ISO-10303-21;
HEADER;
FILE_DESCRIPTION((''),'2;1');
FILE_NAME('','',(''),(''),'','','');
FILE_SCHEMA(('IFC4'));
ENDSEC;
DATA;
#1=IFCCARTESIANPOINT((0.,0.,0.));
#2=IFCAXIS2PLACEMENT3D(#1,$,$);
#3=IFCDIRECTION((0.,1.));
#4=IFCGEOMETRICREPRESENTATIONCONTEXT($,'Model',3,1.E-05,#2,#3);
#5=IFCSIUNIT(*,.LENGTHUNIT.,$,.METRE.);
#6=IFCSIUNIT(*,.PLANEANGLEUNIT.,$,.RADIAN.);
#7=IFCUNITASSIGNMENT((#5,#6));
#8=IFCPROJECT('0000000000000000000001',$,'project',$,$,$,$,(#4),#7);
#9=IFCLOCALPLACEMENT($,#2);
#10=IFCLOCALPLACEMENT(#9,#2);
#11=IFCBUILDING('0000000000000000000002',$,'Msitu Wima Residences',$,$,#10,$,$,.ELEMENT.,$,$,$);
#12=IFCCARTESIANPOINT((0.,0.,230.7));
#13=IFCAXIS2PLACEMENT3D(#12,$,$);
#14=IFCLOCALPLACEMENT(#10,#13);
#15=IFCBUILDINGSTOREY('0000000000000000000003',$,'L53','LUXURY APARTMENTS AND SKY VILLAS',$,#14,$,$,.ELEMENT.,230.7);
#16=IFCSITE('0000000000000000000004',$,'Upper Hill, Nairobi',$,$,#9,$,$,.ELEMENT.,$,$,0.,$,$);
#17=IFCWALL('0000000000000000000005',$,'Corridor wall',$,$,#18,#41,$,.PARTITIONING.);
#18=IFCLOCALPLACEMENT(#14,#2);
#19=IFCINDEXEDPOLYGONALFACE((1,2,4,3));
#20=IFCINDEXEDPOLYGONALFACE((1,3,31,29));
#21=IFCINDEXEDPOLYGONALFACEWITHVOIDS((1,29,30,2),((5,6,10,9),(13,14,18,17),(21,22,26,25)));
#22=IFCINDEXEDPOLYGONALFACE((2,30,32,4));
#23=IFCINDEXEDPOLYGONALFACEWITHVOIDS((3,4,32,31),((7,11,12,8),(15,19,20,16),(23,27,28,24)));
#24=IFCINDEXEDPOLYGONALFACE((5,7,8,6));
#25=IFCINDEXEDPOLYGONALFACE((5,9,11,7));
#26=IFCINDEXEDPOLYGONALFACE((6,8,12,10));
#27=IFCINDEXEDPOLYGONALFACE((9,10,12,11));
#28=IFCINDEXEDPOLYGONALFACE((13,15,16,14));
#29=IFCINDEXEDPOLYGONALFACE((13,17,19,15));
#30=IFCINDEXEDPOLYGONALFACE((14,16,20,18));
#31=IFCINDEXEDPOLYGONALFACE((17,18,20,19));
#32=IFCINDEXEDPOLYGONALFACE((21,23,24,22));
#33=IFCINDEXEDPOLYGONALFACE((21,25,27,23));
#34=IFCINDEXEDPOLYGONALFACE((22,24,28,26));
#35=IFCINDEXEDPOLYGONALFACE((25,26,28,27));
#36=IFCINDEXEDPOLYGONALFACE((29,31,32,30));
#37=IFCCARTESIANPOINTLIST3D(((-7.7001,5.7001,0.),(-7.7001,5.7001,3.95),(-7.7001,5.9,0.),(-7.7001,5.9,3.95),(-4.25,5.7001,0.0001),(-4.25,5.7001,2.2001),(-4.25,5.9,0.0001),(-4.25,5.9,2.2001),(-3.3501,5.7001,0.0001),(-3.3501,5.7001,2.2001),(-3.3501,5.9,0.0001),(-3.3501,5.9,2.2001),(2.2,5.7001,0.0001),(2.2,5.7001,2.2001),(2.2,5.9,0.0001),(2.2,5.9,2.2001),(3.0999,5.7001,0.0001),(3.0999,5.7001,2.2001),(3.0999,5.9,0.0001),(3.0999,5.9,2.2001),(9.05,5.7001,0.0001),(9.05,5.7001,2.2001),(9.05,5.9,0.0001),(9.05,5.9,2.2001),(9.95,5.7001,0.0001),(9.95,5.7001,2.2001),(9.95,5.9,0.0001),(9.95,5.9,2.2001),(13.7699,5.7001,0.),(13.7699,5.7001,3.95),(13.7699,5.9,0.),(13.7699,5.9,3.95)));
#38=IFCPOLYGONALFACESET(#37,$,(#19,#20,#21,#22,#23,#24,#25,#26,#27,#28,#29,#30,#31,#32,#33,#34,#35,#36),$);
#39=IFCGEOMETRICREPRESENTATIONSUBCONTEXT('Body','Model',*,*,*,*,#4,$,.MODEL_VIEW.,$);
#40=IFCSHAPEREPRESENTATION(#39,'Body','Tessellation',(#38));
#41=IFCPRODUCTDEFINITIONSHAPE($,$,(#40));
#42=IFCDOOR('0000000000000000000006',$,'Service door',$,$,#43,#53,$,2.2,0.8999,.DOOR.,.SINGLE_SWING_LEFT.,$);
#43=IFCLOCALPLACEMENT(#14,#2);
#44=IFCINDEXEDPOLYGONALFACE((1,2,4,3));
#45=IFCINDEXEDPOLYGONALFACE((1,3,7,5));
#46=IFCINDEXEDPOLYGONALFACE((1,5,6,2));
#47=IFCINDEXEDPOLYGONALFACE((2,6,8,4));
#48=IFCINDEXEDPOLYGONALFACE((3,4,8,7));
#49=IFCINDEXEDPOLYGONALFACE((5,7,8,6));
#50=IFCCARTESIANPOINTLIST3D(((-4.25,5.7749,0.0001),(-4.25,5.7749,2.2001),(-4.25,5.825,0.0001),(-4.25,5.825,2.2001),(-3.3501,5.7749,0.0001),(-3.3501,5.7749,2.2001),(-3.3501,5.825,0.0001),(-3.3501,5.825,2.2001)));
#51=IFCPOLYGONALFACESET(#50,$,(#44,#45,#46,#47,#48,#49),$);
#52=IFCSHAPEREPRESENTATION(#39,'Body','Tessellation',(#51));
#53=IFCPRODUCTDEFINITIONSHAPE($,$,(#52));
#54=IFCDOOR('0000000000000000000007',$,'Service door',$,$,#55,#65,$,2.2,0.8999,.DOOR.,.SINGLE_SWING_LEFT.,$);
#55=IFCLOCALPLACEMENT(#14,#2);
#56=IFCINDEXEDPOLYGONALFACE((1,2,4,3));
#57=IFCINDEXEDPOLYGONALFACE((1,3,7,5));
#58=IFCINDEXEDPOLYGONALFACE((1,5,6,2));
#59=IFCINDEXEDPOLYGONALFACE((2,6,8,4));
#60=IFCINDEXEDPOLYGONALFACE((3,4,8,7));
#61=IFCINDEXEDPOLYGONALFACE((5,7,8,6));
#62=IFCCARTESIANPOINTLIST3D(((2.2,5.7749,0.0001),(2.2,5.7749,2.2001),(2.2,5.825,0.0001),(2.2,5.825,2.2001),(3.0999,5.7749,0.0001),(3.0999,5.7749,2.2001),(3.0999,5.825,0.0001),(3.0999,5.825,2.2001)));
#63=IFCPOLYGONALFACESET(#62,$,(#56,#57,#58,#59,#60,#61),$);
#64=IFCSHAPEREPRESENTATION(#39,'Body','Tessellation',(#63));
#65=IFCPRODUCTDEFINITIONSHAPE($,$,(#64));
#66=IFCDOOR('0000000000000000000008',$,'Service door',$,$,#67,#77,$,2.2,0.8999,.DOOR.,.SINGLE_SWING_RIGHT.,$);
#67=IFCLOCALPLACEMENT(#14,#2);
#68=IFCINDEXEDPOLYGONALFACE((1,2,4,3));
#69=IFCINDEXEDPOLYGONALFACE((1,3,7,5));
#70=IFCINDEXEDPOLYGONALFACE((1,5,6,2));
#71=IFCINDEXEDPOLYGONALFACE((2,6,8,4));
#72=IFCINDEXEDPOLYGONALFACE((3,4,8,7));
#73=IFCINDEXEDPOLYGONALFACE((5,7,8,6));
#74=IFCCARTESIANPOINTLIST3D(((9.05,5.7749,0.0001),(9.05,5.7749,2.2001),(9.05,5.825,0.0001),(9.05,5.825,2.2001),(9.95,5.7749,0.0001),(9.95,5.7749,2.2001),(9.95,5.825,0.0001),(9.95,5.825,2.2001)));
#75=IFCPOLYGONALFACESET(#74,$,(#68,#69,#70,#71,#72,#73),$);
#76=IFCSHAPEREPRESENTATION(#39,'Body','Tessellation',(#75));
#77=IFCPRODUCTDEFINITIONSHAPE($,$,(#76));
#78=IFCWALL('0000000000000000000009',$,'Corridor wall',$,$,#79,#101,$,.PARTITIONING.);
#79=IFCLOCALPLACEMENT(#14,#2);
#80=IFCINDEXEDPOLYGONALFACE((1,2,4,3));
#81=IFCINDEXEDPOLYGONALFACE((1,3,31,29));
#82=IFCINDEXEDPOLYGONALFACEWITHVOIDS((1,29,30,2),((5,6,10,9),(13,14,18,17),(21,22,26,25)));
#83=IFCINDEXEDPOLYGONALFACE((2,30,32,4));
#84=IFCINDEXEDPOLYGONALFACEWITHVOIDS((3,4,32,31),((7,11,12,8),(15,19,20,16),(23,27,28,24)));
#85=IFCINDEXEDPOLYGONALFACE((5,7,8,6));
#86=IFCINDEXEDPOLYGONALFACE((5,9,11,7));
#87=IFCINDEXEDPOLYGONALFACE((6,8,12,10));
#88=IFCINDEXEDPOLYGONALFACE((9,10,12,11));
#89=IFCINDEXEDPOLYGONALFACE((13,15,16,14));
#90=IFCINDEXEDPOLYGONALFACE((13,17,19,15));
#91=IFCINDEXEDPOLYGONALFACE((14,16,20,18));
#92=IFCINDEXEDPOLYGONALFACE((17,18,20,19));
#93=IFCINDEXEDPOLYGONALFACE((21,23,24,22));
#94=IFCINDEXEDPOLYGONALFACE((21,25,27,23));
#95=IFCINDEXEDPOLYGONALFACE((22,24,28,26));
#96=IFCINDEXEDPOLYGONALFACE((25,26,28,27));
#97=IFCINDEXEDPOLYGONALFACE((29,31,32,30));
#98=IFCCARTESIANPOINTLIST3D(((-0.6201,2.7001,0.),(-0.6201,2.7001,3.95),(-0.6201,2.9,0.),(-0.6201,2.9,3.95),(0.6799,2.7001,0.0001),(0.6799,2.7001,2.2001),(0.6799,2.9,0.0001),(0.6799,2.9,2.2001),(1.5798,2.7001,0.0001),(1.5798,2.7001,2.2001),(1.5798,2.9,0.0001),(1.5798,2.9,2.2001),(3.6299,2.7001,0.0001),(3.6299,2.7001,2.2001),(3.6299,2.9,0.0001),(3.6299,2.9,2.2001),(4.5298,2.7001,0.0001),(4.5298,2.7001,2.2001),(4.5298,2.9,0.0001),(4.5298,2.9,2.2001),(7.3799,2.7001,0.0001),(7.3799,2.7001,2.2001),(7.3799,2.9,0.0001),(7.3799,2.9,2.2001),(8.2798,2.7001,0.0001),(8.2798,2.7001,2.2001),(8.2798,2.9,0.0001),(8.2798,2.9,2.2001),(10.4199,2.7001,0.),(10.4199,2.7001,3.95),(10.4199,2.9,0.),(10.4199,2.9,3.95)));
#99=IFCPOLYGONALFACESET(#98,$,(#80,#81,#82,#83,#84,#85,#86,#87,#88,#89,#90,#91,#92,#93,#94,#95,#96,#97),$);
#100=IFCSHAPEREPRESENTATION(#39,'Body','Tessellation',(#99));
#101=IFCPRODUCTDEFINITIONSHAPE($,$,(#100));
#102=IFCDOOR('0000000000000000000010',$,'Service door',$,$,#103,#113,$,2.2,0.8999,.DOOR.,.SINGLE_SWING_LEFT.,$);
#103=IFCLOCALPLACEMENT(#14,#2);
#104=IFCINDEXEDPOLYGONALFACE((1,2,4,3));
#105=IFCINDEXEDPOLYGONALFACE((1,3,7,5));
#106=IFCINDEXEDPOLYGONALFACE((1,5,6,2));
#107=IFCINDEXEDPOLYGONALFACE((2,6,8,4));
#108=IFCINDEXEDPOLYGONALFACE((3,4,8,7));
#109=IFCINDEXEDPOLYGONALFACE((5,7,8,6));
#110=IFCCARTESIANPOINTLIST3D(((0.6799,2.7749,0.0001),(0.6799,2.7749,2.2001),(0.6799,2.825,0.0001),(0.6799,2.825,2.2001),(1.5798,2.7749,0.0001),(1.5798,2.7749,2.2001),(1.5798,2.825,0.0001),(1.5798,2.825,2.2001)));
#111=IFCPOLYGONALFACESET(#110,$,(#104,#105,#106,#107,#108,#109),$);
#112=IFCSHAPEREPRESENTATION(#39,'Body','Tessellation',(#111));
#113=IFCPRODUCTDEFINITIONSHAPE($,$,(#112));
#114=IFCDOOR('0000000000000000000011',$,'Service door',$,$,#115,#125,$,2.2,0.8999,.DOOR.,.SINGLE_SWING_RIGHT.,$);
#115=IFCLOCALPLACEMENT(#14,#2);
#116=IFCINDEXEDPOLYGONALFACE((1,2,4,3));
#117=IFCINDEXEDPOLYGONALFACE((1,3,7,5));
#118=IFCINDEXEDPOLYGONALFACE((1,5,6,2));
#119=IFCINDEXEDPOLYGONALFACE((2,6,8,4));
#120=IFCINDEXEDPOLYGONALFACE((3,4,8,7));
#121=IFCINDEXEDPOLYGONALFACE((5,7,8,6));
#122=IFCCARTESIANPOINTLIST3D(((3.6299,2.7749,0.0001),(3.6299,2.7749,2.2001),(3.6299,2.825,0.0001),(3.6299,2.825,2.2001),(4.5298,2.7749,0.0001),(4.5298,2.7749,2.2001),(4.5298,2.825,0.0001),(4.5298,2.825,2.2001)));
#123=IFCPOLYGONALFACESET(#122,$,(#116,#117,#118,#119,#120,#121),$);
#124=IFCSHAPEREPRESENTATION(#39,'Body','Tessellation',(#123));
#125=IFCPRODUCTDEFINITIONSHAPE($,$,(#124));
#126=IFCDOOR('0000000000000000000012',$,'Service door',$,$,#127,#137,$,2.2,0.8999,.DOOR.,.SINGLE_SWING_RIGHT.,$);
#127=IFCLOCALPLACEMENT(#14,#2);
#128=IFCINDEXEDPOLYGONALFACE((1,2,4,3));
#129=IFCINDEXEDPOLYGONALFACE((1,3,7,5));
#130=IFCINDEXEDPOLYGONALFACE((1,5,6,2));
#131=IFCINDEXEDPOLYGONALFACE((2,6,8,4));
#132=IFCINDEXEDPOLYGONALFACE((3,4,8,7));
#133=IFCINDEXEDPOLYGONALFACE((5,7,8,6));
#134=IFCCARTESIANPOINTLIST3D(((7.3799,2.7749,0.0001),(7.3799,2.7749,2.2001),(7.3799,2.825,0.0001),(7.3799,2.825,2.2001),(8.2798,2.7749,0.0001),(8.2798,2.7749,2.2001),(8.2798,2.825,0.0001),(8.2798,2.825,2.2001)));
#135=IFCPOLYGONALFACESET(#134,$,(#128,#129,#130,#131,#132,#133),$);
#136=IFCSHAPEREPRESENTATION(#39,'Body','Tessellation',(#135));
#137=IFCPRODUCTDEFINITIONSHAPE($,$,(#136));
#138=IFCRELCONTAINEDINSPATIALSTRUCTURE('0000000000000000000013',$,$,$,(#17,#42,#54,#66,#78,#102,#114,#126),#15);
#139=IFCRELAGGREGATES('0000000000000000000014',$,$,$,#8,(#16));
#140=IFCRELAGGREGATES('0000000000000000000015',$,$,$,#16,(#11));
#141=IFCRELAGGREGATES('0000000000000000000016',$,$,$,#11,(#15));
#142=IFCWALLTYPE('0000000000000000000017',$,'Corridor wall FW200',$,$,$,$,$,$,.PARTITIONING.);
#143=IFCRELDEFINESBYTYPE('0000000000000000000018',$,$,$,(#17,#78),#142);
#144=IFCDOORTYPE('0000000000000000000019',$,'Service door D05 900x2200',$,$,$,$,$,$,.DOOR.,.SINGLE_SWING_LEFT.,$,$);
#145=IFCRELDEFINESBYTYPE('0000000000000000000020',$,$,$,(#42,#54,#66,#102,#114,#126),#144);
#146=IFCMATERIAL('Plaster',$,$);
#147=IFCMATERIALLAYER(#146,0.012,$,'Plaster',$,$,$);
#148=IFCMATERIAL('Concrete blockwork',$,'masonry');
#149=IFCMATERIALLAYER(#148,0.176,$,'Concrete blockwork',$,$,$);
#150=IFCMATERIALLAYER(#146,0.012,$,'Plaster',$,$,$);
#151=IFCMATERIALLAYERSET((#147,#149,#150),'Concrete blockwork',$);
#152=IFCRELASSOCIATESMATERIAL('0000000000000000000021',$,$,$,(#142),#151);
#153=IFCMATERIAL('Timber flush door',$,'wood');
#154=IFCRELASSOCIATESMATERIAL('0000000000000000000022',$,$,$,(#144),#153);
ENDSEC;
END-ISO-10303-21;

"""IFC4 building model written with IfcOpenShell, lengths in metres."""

from ifc_helpers import new_model, si_unit, direction, frame, frame_2d, origin, place, context, subcontext, project, spatial, rectangle, extrude, material, layer, layer_set, type_object, element, fill, save


model = new_model("IFC4")

# Units and contexts
model_context = context("Model", 3, precision=1e-05, world=origin(), true_north=direction((0.0, 1.0)))
body_context = subcontext(model_context, "Body", "Model", "MODEL_VIEW")
ifc_project = project(units=[si_unit("LENGTHUNIT", "METRE"), si_unit("PLANEANGLEUNIT", "RADIAN")], contexts=[model_context])

# Site, building, storey
site_placement = place(None, origin())
site = spatial("IfcSite", under=ifc_project, at=site_placement, Name="Upper Hill, Nairobi", CompositionType="ELEMENT", RefElevation=0.0)
building_placement = place(site_placement, origin())
building = spatial("IfcBuilding", under=site, at=building_placement, Name="Msitu Wima Residences", CompositionType="ELEMENT")
storey_placement = place(building_placement, frame((0.0, 0.0, 230.7)))
storey = spatial("IfcBuildingStorey", under=building, at=storey_placement, Name="L53", Description="LUXURY APARTMENTS AND SKY VILLAS", CompositionType="ELEMENT", Elevation=230.7)

# Shared definitions
ifc_material_1 = material(Name="Plaster")
ifc_layer_1 = layer(ifc_material_1, 0.012, Name="Plaster")
ifc_material_2 = material(Name="Concrete blockwork", Category="masonry")
ifc_layer_2 = layer(ifc_material_2, 0.176, Name="Concrete blockwork")
ifc_layer_3 = layer(ifc_material_1, 0.012, Name="Plaster")
ifc_layer_set_1 = layer_set([ifc_layer_1, ifc_layer_2, ifc_layer_3], Name="Concrete blockwork")
wall_type_1 = type_object("IfcWallType", Name="Corridor wall FW200", PredefinedType="PARTITIONING", material=ifc_layer_set_1)
ifc_material_3 = material(Name="Timber flush door", Category="wood")
door_type_1 = type_object("IfcDoorType", Name="Service door D05 900x2200", OperationType="SINGLE_SWING_LEFT", PredefinedType="DOOR", material=ifc_material_3)

# Walls, openings, doors
wall_1_placement = place(storey_placement, frame((-7.7, 5.8, 0.0), z_axis=(0.0, 0.0, 1.0), x_axis=(1.0, 0.0, 0.0)))
wall_1 = element("IfcWall", 1, at=wall_1_placement, inside=storey, type_object=wall_type_1, Name="Corridor wall", PredefinedType="PARTITIONING", context=body_context, shape_type="SweptSolid", body=[
    extrude(rectangle(XDim=21.47, YDim=0.2, at=frame_2d((10.7349, 0.0))), origin(), (0.0, 0.0, 1.0), 3.95),
])
opening_1_placement = place(wall_1_placement, frame((3.45, 0.0, 0.0)))
opening_1 = element("IfcOpeningElement", 2, at=opening_1_placement, cuts=wall_1, PredefinedType="OPENING", context=body_context, shape_type="SweptSolid", body=[
    extrude(rectangle(XDim=0.8999, YDim=2.2, at=frame_2d((0.45, 1.1001))), frame((0.0, 0.1099, 0.0), z_axis=(0.0, -1.0, 0.0), x_axis=(1.0, 0.0, 0.0)), (0.0, 0.0, 1.0), 0.22),
])
opening_2_placement = place(wall_1_placement, frame((9.8999, 0.0, 0.0)))
opening_2 = element("IfcOpeningElement", 3, at=opening_2_placement, cuts=wall_1, PredefinedType="OPENING", context=body_context, shape_type="SweptSolid", body=[
    extrude(rectangle(XDim=0.8999, YDim=2.2, at=frame_2d((0.45, 1.1001))), frame((0.0, 0.1099, 0.0), z_axis=(0.0, -1.0, 0.0), x_axis=(1.0, 0.0, 0.0)), (0.0, 0.0, 1.0), 0.22),
])
opening_3_placement = place(wall_1_placement, frame((16.75, 0.0, 0.0)))
opening_3 = element("IfcOpeningElement", 4, at=opening_3_placement, cuts=wall_1, PredefinedType="OPENING", context=body_context, shape_type="SweptSolid", body=[
    extrude(rectangle(XDim=0.8999, YDim=2.2, at=frame_2d((0.45, 1.1001))), frame((0.0, 0.1099, 0.0), z_axis=(0.0, -1.0, 0.0), x_axis=(1.0, 0.0, 0.0)), (0.0, 0.0, 1.0), 0.22),
])
door_1_placement = place(opening_1_placement, origin())
door_1 = element("IfcDoor", 5, at=door_1_placement, inside=storey, type_object=door_type_1, Name="Service door", OperationType="SINGLE_SWING_LEFT", OverallHeight=2.2, OverallWidth=0.8999, PredefinedType="DOOR", context=body_context, shape_type="SweptSolid", body=[
    extrude(rectangle(XDim=0.8999, YDim=2.2, at=frame_2d((0.45, 1.1001))), frame((0.0, 0.0249, 0.0), z_axis=(0.0, -1.0, 0.0), x_axis=(1.0, 0.0, 0.0)), (0.0, 0.0, 1.0), 0.05),
])
fill(opening_1, door_1)
door_2_placement = place(opening_2_placement, origin())
door_2 = element("IfcDoor", 6, at=door_2_placement, inside=storey, type_object=door_type_1, Name="Service door", OperationType="SINGLE_SWING_LEFT", OverallHeight=2.2, OverallWidth=0.8999, PredefinedType="DOOR", context=body_context, shape_type="SweptSolid", body=[
    extrude(rectangle(XDim=0.8999, YDim=2.2, at=frame_2d((0.45, 1.1001))), frame((0.0, 0.0249, 0.0), z_axis=(0.0, -1.0, 0.0), x_axis=(1.0, 0.0, 0.0)), (0.0, 0.0, 1.0), 0.05),
])
fill(opening_2, door_2)
door_3_placement = place(opening_3_placement, origin())
door_3 = element("IfcDoor", 7, at=door_3_placement, inside=storey, type_object=door_type_1, Name="Service door", OperationType="SINGLE_SWING_RIGHT", OverallHeight=2.2, OverallWidth=0.8999, PredefinedType="DOOR", context=body_context, shape_type="SweptSolid", body=[
    extrude(rectangle(XDim=0.8999, YDim=2.2, at=frame_2d((0.45, 1.1001))), frame((0.0, 0.0249, 0.0), z_axis=(0.0, -1.0, 0.0), x_axis=(1.0, 0.0, 0.0)), (0.0, 0.0, 1.0), 0.05),
])
fill(opening_3, door_3)
wall_2_placement = place(storey_placement, frame((-0.6201, 2.8, 0.0), z_axis=(0.0, 0.0, 1.0), x_axis=(1.0, 0.0, 0.0)))
wall_2 = element("IfcWall", 8, at=wall_2_placement, inside=storey, type_object=wall_type_1, Name="Corridor wall", PredefinedType="PARTITIONING", context=body_context, shape_type="SweptSolid", body=[
    extrude(rectangle(XDim=11.04, YDim=0.2, at=frame_2d((5.52, 0.0))), origin(), (0.0, 0.0, 1.0), 3.95),
])
opening_4_placement = place(wall_2_placement, frame((1.3, 0.0, 0.0)))
opening_4 = element("IfcOpeningElement", 9, at=opening_4_placement, cuts=wall_2, PredefinedType="OPENING", context=body_context, shape_type="SweptSolid", body=[
    extrude(rectangle(XDim=0.8999, YDim=2.2, at=frame_2d((0.45, 1.1001))), frame((0.0, 0.1099, 0.0), z_axis=(0.0, -1.0, 0.0), x_axis=(1.0, 0.0, 0.0)), (0.0, 0.0, 1.0), 0.22),
])
opening_5_placement = place(wall_2_placement, frame((4.25, 0.0, 0.0)))
opening_5 = element("IfcOpeningElement", 10, at=opening_5_placement, cuts=wall_2, PredefinedType="OPENING", context=body_context, shape_type="SweptSolid", body=[
    extrude(rectangle(XDim=0.8999, YDim=2.2, at=frame_2d((0.45, 1.1001))), frame((0.0, 0.1099, 0.0), z_axis=(0.0, -1.0, 0.0), x_axis=(1.0, 0.0, 0.0)), (0.0, 0.0, 1.0), 0.22),
])
opening_6_placement = place(wall_2_placement, frame((8.0, 0.0, 0.0)))
opening_6 = element("IfcOpeningElement", 11, at=opening_6_placement, cuts=wall_2, PredefinedType="OPENING", context=body_context, shape_type="SweptSolid", body=[
    extrude(rectangle(XDim=0.8999, YDim=2.2, at=frame_2d((0.45, 1.1001))), frame((0.0, 0.1099, 0.0), z_axis=(0.0, -1.0, 0.0), x_axis=(1.0, 0.0, 0.0)), (0.0, 0.0, 1.0), 0.22),
])
door_4_placement = place(opening_4_placement, origin())
door_4 = element("IfcDoor", 12, at=door_4_placement, inside=storey, type_object=door_type_1, Name="Service door", OperationType="SINGLE_SWING_LEFT", OverallHeight=2.2, OverallWidth=0.8999, PredefinedType="DOOR", context=body_context, shape_type="SweptSolid", body=[
    extrude(rectangle(XDim=0.8999, YDim=2.2, at=frame_2d((0.45, 1.1001))), frame((0.0, 0.0249, 0.0), z_axis=(0.0, -1.0, 0.0), x_axis=(1.0, 0.0, 0.0)), (0.0, 0.0, 1.0), 0.05),
])
fill(opening_4, door_4)
door_5_placement = place(opening_5_placement, origin())
door_5 = element("IfcDoor", 13, at=door_5_placement, inside=storey, type_object=door_type_1, Name="Service door", OperationType="SINGLE_SWING_RIGHT", OverallHeight=2.2, OverallWidth=0.8999, PredefinedType="DOOR", context=body_context, shape_type="SweptSolid", body=[
    extrude(rectangle(XDim=0.8999, YDim=2.2, at=frame_2d((0.45, 1.1001))), frame((0.0, 0.0249, 0.0), z_axis=(0.0, -1.0, 0.0), x_axis=(1.0, 0.0, 0.0)), (0.0, 0.0, 1.0), 0.05),
])
fill(opening_5, door_5)
door_6_placement = place(opening_6_placement, origin())
door_6 = element("IfcDoor", 14, at=door_6_placement, inside=storey, type_object=door_type_1, Name="Service door", OperationType="SINGLE_SWING_RIGHT", OverallHeight=2.2, OverallWidth=0.8999, PredefinedType="DOOR", context=body_context, shape_type="SweptSolid", body=[
    extrude(rectangle(XDim=0.8999, YDim=2.2, at=frame_2d((0.45, 1.1001))), frame((0.0, 0.0249, 0.0), z_axis=(0.0, -1.0, 0.0), x_axis=(1.0, 0.0, 0.0)), (0.0, 0.0, 1.0), 0.05),
])
fill(opening_6, door_6)

save(model, "model.ifc")
